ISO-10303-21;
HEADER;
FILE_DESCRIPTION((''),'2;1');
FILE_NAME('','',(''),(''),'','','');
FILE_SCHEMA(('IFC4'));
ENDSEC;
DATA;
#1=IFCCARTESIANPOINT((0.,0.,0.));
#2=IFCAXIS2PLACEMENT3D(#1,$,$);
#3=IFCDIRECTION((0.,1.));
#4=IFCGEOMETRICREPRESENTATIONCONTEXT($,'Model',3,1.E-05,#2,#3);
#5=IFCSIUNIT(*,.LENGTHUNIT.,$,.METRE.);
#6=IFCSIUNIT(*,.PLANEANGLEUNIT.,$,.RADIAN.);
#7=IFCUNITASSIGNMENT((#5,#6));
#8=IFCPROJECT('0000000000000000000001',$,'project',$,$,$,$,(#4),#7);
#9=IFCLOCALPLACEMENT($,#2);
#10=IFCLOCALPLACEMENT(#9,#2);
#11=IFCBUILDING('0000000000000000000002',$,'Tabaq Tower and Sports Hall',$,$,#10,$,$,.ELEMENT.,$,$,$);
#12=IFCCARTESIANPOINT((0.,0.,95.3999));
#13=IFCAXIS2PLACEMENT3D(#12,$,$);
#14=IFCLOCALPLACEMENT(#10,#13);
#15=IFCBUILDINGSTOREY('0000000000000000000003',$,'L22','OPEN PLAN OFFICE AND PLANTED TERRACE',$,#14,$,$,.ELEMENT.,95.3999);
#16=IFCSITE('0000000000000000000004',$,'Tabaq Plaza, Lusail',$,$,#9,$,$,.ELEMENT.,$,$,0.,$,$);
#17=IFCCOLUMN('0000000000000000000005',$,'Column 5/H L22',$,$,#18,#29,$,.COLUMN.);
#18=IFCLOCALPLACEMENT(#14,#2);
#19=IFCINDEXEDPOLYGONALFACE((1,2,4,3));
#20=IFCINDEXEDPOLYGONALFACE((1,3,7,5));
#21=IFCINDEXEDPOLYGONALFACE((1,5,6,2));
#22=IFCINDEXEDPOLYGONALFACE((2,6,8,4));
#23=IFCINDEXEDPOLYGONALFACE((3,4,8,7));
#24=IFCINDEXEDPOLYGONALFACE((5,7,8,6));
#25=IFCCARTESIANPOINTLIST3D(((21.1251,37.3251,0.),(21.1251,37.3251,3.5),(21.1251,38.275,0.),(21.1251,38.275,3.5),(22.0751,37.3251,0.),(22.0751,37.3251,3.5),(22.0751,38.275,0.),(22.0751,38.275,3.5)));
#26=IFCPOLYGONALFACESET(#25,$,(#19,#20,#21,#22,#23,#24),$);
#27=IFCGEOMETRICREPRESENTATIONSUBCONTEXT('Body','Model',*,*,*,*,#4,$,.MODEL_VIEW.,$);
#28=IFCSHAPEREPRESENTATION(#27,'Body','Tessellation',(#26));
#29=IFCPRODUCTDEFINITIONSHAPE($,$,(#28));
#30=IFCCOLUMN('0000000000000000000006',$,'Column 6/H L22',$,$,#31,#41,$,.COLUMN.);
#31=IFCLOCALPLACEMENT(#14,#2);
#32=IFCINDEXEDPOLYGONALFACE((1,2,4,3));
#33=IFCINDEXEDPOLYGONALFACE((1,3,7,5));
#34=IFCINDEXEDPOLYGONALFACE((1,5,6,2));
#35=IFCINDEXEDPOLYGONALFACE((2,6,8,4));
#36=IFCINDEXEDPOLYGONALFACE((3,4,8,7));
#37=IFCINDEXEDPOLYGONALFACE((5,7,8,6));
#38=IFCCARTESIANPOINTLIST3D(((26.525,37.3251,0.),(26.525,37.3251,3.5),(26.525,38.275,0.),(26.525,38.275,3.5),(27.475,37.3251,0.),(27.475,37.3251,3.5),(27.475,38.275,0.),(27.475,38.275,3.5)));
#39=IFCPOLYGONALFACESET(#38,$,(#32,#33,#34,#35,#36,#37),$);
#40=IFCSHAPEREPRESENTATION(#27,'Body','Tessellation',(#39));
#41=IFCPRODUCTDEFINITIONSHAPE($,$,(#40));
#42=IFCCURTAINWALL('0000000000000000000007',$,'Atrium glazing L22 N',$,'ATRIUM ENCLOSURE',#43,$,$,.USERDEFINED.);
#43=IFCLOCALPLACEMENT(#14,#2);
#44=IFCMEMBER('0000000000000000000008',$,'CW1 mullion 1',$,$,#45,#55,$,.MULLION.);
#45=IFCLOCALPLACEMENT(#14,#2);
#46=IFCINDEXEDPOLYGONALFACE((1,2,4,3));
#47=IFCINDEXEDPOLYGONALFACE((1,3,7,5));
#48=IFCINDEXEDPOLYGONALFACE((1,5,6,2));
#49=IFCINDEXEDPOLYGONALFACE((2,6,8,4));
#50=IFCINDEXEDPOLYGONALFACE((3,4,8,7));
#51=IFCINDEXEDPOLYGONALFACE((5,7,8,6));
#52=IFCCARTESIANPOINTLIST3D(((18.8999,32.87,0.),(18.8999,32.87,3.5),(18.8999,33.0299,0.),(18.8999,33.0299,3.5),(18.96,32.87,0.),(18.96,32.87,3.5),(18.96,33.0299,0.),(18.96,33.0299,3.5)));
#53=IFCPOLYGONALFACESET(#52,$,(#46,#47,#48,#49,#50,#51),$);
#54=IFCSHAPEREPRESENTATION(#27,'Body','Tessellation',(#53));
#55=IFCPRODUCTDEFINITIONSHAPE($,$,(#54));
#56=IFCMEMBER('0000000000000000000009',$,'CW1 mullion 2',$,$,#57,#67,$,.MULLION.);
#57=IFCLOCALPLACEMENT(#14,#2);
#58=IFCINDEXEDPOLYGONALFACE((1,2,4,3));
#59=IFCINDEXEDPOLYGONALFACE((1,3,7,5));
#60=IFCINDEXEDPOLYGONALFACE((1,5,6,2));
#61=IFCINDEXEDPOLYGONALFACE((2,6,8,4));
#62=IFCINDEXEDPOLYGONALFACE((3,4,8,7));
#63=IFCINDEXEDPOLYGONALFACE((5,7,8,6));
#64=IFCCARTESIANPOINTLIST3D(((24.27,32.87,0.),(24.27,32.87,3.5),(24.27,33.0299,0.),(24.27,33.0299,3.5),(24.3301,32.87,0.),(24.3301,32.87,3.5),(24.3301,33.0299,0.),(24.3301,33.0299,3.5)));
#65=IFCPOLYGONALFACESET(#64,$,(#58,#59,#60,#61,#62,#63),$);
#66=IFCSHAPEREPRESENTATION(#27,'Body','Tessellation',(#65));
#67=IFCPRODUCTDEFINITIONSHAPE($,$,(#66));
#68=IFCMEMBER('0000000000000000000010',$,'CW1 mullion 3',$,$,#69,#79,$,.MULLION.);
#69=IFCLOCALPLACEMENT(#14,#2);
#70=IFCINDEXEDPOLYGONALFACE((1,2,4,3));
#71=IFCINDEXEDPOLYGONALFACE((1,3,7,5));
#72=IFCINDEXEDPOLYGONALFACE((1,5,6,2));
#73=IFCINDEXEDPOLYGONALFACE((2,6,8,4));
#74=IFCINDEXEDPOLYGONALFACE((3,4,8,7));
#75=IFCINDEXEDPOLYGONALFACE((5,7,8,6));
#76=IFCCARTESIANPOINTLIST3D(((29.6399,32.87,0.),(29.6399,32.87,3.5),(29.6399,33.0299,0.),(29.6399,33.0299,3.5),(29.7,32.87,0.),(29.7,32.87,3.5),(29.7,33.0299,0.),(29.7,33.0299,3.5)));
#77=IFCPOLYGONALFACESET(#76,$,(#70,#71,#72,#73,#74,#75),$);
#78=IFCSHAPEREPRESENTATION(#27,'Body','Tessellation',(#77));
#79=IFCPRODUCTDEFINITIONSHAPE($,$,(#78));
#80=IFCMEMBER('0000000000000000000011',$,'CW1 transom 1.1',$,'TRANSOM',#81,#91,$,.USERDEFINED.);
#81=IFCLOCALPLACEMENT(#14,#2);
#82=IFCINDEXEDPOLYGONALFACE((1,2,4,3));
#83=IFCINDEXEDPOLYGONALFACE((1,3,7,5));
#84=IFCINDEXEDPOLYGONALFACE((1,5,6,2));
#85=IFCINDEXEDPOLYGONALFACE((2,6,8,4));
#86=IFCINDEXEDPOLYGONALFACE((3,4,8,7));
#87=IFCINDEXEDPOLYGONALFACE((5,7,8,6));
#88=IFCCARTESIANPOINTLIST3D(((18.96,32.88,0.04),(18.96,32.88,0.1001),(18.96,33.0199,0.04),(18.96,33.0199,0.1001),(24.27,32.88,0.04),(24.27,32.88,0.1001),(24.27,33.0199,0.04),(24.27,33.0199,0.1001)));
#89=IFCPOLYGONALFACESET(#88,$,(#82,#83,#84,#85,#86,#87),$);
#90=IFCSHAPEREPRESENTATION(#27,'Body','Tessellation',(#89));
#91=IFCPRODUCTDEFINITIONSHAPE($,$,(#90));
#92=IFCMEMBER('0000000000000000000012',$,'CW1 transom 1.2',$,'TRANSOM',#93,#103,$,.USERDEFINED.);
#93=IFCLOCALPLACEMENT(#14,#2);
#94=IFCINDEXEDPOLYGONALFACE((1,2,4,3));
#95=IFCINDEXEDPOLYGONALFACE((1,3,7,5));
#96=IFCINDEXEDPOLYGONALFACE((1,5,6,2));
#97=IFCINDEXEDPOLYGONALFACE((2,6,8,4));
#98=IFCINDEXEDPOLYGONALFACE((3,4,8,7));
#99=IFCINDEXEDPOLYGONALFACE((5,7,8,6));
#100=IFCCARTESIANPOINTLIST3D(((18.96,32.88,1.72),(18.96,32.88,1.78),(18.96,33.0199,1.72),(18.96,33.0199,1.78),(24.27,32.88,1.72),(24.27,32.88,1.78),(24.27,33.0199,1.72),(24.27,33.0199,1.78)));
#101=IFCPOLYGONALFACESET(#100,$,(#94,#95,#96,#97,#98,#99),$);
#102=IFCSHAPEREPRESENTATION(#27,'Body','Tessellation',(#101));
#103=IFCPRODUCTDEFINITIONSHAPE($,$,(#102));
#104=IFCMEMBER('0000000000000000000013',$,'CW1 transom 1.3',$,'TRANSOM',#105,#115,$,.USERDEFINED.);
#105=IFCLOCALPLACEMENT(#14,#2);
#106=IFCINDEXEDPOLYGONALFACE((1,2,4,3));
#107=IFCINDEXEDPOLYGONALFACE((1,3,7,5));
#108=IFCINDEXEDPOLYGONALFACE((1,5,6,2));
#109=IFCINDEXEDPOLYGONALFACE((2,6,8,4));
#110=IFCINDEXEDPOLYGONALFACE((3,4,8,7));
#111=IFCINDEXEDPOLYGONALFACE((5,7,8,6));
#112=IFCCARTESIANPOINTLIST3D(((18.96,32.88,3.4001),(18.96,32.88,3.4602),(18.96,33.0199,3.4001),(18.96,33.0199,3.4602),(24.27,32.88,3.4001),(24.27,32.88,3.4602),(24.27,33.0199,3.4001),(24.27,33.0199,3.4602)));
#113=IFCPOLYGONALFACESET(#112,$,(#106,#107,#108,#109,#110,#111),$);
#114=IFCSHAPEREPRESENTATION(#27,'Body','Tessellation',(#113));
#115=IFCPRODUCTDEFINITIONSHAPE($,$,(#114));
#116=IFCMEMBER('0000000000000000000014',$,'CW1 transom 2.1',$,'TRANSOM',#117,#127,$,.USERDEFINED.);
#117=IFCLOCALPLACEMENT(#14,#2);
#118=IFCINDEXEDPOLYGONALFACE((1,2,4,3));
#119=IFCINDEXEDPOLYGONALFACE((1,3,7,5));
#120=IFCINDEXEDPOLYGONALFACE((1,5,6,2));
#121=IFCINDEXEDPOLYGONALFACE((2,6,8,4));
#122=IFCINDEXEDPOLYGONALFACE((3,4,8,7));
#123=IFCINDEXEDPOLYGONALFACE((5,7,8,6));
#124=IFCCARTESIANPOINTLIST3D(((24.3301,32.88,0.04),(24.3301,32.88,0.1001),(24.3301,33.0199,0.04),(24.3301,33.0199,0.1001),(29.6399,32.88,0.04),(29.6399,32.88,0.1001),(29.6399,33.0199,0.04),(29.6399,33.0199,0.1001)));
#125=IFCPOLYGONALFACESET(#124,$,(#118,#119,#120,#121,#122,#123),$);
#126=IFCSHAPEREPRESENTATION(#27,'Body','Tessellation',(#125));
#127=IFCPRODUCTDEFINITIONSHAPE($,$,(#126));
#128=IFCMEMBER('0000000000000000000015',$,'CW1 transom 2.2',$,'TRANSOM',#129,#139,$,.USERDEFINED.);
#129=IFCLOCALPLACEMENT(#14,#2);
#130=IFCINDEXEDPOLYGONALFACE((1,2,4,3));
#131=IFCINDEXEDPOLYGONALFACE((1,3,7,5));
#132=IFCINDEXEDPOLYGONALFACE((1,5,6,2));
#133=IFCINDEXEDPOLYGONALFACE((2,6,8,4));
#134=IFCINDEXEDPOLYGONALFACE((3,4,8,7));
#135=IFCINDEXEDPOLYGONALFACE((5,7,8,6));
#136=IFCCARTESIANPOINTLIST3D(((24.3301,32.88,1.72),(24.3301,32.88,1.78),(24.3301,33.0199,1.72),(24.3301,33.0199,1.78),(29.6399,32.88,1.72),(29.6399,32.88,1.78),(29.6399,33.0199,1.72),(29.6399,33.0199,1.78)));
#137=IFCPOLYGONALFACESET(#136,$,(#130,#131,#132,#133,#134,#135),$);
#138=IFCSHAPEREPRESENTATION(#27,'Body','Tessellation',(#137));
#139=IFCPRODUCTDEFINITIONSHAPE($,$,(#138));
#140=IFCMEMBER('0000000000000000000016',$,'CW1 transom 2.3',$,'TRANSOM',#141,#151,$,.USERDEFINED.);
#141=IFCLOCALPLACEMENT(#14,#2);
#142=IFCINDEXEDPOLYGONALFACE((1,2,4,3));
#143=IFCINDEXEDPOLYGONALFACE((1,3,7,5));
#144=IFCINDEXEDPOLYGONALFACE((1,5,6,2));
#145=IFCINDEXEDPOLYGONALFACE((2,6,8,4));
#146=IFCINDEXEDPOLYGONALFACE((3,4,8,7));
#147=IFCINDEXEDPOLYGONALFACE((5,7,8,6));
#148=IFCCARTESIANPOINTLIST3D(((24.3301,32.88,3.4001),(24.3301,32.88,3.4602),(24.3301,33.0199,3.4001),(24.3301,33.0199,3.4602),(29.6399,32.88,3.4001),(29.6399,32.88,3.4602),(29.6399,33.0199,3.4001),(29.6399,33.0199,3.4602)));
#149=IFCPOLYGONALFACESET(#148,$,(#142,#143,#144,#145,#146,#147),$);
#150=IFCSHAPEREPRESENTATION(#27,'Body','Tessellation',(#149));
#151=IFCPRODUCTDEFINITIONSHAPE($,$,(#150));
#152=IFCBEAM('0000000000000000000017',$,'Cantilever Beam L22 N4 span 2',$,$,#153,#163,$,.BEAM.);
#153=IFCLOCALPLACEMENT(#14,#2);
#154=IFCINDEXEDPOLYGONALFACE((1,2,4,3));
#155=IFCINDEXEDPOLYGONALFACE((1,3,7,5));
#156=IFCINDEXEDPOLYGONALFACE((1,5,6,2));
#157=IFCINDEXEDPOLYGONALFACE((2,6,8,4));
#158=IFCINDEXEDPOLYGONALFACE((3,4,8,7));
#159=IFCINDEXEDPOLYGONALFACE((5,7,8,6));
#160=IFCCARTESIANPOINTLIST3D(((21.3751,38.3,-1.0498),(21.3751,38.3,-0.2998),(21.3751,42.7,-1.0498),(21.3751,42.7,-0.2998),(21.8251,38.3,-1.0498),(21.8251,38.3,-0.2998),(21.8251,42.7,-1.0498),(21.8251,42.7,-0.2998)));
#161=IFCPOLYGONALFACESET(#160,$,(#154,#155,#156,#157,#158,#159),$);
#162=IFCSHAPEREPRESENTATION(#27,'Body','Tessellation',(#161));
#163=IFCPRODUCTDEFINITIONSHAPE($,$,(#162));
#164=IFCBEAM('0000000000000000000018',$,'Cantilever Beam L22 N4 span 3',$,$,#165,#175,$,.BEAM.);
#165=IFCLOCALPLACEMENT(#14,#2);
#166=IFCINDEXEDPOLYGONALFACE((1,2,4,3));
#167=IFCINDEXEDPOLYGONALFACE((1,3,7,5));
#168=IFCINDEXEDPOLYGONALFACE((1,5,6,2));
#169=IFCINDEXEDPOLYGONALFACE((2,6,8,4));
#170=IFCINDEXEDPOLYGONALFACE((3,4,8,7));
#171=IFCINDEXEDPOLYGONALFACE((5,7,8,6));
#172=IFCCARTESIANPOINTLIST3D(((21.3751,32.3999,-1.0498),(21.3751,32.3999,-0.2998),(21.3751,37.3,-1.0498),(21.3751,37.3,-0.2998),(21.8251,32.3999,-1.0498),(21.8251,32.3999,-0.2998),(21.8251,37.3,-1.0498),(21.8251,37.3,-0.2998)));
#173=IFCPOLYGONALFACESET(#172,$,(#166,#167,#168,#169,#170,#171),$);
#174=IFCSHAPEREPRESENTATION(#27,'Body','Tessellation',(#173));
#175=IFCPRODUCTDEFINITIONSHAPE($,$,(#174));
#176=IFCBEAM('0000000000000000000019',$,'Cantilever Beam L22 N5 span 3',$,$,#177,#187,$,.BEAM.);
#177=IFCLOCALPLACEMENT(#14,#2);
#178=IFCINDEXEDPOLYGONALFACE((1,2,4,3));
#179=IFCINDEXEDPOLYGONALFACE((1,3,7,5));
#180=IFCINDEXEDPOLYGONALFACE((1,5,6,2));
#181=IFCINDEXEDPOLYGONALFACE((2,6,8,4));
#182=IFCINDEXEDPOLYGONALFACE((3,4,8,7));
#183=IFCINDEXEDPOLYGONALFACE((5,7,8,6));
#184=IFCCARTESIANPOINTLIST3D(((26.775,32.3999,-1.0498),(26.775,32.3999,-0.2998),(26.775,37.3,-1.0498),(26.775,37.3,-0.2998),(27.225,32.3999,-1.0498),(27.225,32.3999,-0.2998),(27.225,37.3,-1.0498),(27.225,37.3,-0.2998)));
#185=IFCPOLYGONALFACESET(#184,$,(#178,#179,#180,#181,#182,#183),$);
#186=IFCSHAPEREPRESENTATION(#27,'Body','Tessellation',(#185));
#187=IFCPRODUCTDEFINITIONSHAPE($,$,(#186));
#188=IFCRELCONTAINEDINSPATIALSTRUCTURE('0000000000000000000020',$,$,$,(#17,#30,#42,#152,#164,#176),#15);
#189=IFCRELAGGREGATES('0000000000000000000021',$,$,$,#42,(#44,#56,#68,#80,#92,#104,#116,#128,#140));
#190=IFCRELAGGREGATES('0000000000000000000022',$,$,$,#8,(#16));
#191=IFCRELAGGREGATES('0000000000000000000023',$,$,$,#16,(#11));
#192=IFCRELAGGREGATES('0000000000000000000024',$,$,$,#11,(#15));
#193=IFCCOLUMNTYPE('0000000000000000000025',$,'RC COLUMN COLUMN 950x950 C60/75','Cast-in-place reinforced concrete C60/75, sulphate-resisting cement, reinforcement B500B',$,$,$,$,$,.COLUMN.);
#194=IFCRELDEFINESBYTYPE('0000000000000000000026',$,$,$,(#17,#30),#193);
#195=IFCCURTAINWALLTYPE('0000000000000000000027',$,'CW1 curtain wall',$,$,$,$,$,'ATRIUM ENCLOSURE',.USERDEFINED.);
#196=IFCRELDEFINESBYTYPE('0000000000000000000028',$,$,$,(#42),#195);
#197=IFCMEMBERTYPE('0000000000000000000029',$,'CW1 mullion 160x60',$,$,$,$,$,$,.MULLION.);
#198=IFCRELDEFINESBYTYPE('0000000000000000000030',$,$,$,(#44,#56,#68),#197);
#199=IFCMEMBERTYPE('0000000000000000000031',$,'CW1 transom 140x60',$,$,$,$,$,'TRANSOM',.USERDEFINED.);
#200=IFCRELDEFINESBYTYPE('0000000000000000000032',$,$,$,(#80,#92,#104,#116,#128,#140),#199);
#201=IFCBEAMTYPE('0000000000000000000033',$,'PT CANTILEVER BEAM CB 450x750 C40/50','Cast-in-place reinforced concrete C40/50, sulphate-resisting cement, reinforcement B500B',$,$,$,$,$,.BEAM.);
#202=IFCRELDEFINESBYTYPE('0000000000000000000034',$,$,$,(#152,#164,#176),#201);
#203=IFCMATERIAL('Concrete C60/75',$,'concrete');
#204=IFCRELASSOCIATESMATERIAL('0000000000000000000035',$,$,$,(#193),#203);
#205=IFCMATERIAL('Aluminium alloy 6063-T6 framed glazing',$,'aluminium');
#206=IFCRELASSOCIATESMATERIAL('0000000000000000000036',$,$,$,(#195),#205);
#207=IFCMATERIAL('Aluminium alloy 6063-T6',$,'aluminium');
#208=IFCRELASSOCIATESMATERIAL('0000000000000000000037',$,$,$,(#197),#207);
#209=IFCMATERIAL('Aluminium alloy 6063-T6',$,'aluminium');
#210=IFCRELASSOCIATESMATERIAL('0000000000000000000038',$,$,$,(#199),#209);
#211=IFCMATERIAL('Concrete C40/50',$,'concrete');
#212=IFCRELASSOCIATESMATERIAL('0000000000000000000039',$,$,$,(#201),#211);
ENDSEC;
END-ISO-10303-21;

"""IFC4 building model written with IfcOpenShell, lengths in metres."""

from ifc_helpers import new_model, si_unit, direction, frame, origin, origin_2d, place, context, subcontext, project, spatial, rectangle, extrude, material, material_profile, profile_set, type_object, element, aggregate, save


model = new_model("IFC4")

# Units and contexts
model_context = context("Model", 3, precision=1e-05, world=origin(), true_north=direction((0.0, 1.0)))
body_context = subcontext(model_context, "Body", "Model", "MODEL_VIEW")
ifc_project = project(units=[si_unit("LENGTHUNIT", "METRE"), si_unit("PLANEANGLEUNIT", "RADIAN")], contexts=[model_context])

# Site, building, storey
site_placement = place(None, origin())
site = spatial("IfcSite", under=ifc_project, at=site_placement, Name="Tabaq Plaza, Lusail", CompositionType="ELEMENT", RefElevation=0.0)
building_placement = place(site_placement, origin())
building = spatial("IfcBuilding", under=site, at=building_placement, Name="Tabaq Tower and Sports Hall", CompositionType="ELEMENT")
storey_placement = place(building_placement, frame((0.0, 0.0, 95.3999)))
storey = spatial("IfcBuildingStorey", under=building, at=storey_placement, Name="L22", Description="OPEN PLAN OFFICE AND PLANTED TERRACE", CompositionType="ELEMENT", Elevation=95.3999)

# Columns
ifc_material_1 = material(Name="Concrete C60/75", Category="concrete")
ifc_material_profile_1 = material_profile(ifc_material_1, rectangle(XDim=0.95, YDim=0.95, at=origin_2d()), Name="COLUMN 950x950")
ifc_profile_set_1 = profile_set([ifc_material_profile_1], Name="Concrete C60/75")
column_type = type_object("IfcColumnType", Name="RC COLUMN COLUMN 950x950 C60/75", Description="Cast-in-place reinforced concrete C60/75, sulphate-resisting cement, reinforcement B500B", PredefinedType="COLUMN", material=ifc_profile_set_1)
for number, where, z_axis, x_axis, name in (
    (1, (21.6001, 37.8, 0.0), (0.0, 0.0, 1.0), (1.0, 0.0, 0.0), "Column 5/H L22"),
    (2, (27.0, 37.8, 0.0), (0.0, 0.0, 1.0), (1.0, 0.0, 0.0), "Column 6/H L22"),
):
    element("IfcColumn", number, at=place(storey_placement, frame(where, z_axis=z_axis, x_axis=x_axis)), inside=storey, type_object=column_type, Name=name, PredefinedType="COLUMN", context=body_context, shape_type="SweptSolid", body=[
        extrude(rectangle(XDim=0.95, YDim=0.95, at=origin_2d()), origin(), (0.0, 0.0, 1.0), 3.5),
    ])

# Curtain wall, members
ifc_material_2 = material(Name="Aluminium alloy 6063-T6 framed glazing", Category="aluminium")
curtain_wall_type = type_object("IfcCurtainWallType", Name="CW1 curtain wall", ElementType="ATRIUM ENCLOSURE", PredefinedType="USERDEFINED", material=ifc_material_2)
curtain_wall_placement = place(storey_placement, origin())
curtain_wall = element("IfcCurtainWall", 3, at=curtain_wall_placement, inside=storey, type_object=curtain_wall_type, Name="Atrium glazing L22 N", ObjectType="ATRIUM ENCLOSURE", PredefinedType="USERDEFINED")
ifc_material_3 = material(Name="Aluminium alloy 6063-T6", Category="aluminium")
ifc_material_profile_2 = material_profile(ifc_material_3, rectangle(XDim=0.1599, YDim=0.0601, at=origin_2d()), Name="MULLION 160x60")
ifc_profile_set_2 = profile_set([ifc_material_profile_2], Name="Aluminium alloy 6063-T6")
member_type_1 = type_object("IfcMemberType", Name="CW1 mullion 160x60", PredefinedType="MULLION", material=ifc_profile_set_2)
member_1_placement = place(storey_placement, frame((18.9299, 32.95, 0.0), z_axis=(0.0, 0.0, 1.0), x_axis=(0.0, 1.0, 0.0)))
member_1 = element("IfcMember", 4, at=member_1_placement, type_object=member_type_1, Name="CW1 mullion 1", PredefinedType="MULLION", context=body_context, shape_type="SweptSolid", body=[
    extrude(rectangle(XDim=0.1599, YDim=0.0601, at=origin_2d()), origin(), (0.0, 0.0, 1.0), 3.5),
])
member_2_placement = place(storey_placement, frame((24.3, 32.95, 0.0), z_axis=(0.0, 0.0, 1.0), x_axis=(0.0, 1.0, 0.0)))
member_2 = element("IfcMember", 5, at=member_2_placement, type_object=member_type_1, Name="CW1 mullion 2", PredefinedType="MULLION", context=body_context, shape_type="SweptSolid", body=[
    extrude(rectangle(XDim=0.1599, YDim=0.0601, at=origin_2d()), origin(), (0.0, 0.0, 1.0), 3.5),
])
member_3_placement = place(storey_placement, frame((29.6699, 32.95, 0.0), z_axis=(0.0, 0.0, 1.0), x_axis=(0.0, 1.0, 0.0)))
member_3 = element("IfcMember", 6, at=member_3_placement, type_object=member_type_1, Name="CW1 mullion 3", PredefinedType="MULLION", context=body_context, shape_type="SweptSolid", body=[
    extrude(rectangle(XDim=0.1599, YDim=0.0601, at=origin_2d()), origin(), (0.0, 0.0, 1.0), 3.5),
])
ifc_material_4 = material(Name="Aluminium alloy 6063-T6", Category="aluminium")
ifc_material_profile_3 = material_profile(ifc_material_4, rectangle(XDim=0.1399, YDim=0.0601, at=origin_2d()), Name="TRANSOM 140x60")
ifc_profile_set_3 = profile_set([ifc_material_profile_3], Name="Aluminium alloy 6063-T6")
member_type_2 = type_object("IfcMemberType", Name="CW1 transom 140x60", ElementType="TRANSOM", PredefinedType="USERDEFINED", material=ifc_profile_set_3)
member_4_placement = place(storey_placement, frame((18.96, 32.95, 0.0701), z_axis=(1.0, 0.0, 0.0), x_axis=(0.0, 1.0, 0.0)))
member_4 = element("IfcMember", 7, at=member_4_placement, type_object=member_type_2, Name="CW1 transom 1.1", ObjectType="TRANSOM", PredefinedType="USERDEFINED", context=body_context, shape_type="SweptSolid", body=[
    extrude(rectangle(XDim=0.1399, YDim=0.0601, at=origin_2d()), origin(), (0.0, 0.0, 1.0), 5.3101),
])
member_5_placement = place(storey_placement, frame((18.96, 32.95, 1.75), z_axis=(1.0, 0.0, 0.0), x_axis=(0.0, 1.0, 0.0)))
member_5 = element("IfcMember", 8, at=member_5_placement, type_object=member_type_2, Name="CW1 transom 1.2", ObjectType="TRANSOM", PredefinedType="USERDEFINED", context=body_context, shape_type="SweptSolid", body=[
    extrude(rectangle(XDim=0.1399, YDim=0.0601, at=origin_2d()), origin(), (0.0, 0.0, 1.0), 5.3101),
])
member_6_placement = place(storey_placement, frame((18.96, 32.95, 3.4302), z_axis=(1.0, 0.0, 0.0), x_axis=(0.0, 1.0, 0.0)))
member_6 = element("IfcMember", 9, at=member_6_placement, type_object=member_type_2, Name="CW1 transom 1.3", ObjectType="TRANSOM", PredefinedType="USERDEFINED", context=body_context, shape_type="SweptSolid", body=[
    extrude(rectangle(XDim=0.1399, YDim=0.0601, at=origin_2d()), origin(), (0.0, 0.0, 1.0), 5.3101),
])
member_7_placement = place(storey_placement, frame((24.3301, 32.95, 0.0701), z_axis=(1.0, 0.0, 0.0), x_axis=(0.0, 1.0, 0.0)))
member_7 = element("IfcMember", 10, at=member_7_placement, type_object=member_type_2, Name="CW1 transom 2.1", ObjectType="TRANSOM", PredefinedType="USERDEFINED", context=body_context, shape_type="SweptSolid", body=[
    extrude(rectangle(XDim=0.1399, YDim=0.0601, at=origin_2d()), origin(), (0.0, 0.0, 1.0), 5.3098),
])
member_8_placement = place(storey_placement, frame((24.3301, 32.95, 1.75), z_axis=(1.0, 0.0, 0.0), x_axis=(0.0, 1.0, 0.0)))
member_8 = element("IfcMember", 11, at=member_8_placement, type_object=member_type_2, Name="CW1 transom 2.2", ObjectType="TRANSOM", PredefinedType="USERDEFINED", context=body_context, shape_type="SweptSolid", body=[
    extrude(rectangle(XDim=0.1399, YDim=0.0601, at=origin_2d()), origin(), (0.0, 0.0, 1.0), 5.3098),
])
member_9_placement = place(storey_placement, frame((24.3301, 32.95, 3.4302), z_axis=(1.0, 0.0, 0.0), x_axis=(0.0, 1.0, 0.0)))
member_9 = element("IfcMember", 12, at=member_9_placement, type_object=member_type_2, Name="CW1 transom 2.3", ObjectType="TRANSOM", PredefinedType="USERDEFINED", context=body_context, shape_type="SweptSolid", body=[
    extrude(rectangle(XDim=0.1399, YDim=0.0601, at=origin_2d()), origin(), (0.0, 0.0, 1.0), 5.3098),
])

# Beams
ifc_material_5 = material(Name="Concrete C40/50", Category="concrete")
ifc_material_profile_4 = material_profile(ifc_material_5, rectangle(XDim=0.45, YDim=0.75, at=origin_2d()), Name="CB 450x750")
ifc_profile_set_4 = profile_set([ifc_material_profile_4], Name="Concrete C40/50")
beam_type = type_object("IfcBeamType", Name="PT CANTILEVER BEAM CB 450x750 C40/50", Description="Cast-in-place reinforced concrete C40/50, sulphate-resisting cement, reinforcement B500B", PredefinedType="BEAM", material=ifc_profile_set_4)
beam_placement = place(storey_placement, frame((21.6001, 42.7, -0.6748), z_axis=(0.0, -1.0, 0.0), x_axis=(1.0, 0.0, 0.0)))
element("IfcBeam", 13, at=beam_placement, inside=storey, type_object=beam_type, Name="Cantilever Beam L22 N4 span 2", PredefinedType="BEAM", context=body_context, shape_type="SweptSolid", body=[
    extrude(rectangle(XDim=0.45, YDim=0.75, at=origin_2d()), origin(), (0.0, 0.0, 1.0), 4.3999),
])
for number, where, z_axis, x_axis, name in (
    (14, (21.6001, 37.3, -0.6748), (0.0, -1.0, 0.0), (1.0, 0.0, 0.0), "Cantilever Beam L22 N4 span 3"),
    (15, (27.0, 37.3, -0.6748), (0.0, -1.0, 0.0), (1.0, 0.0, 0.0), "Cantilever Beam L22 N5 span 3"),
):
    element("IfcBeam", number, at=place(storey_placement, frame(where, z_axis=z_axis, x_axis=x_axis)), inside=storey, type_object=beam_type, Name=name, PredefinedType="BEAM", context=body_context, shape_type="SweptSolid", body=[
        extrude(rectangle(XDim=0.45, YDim=0.75, at=origin_2d()), origin(), (0.0, 0.0, 1.0), 4.9001),
    ])

aggregate(curtain_wall, [member_1, member_2, member_3, member_4, member_5, member_6, member_7, member_8, member_9])

save(model, "model.ifc")
